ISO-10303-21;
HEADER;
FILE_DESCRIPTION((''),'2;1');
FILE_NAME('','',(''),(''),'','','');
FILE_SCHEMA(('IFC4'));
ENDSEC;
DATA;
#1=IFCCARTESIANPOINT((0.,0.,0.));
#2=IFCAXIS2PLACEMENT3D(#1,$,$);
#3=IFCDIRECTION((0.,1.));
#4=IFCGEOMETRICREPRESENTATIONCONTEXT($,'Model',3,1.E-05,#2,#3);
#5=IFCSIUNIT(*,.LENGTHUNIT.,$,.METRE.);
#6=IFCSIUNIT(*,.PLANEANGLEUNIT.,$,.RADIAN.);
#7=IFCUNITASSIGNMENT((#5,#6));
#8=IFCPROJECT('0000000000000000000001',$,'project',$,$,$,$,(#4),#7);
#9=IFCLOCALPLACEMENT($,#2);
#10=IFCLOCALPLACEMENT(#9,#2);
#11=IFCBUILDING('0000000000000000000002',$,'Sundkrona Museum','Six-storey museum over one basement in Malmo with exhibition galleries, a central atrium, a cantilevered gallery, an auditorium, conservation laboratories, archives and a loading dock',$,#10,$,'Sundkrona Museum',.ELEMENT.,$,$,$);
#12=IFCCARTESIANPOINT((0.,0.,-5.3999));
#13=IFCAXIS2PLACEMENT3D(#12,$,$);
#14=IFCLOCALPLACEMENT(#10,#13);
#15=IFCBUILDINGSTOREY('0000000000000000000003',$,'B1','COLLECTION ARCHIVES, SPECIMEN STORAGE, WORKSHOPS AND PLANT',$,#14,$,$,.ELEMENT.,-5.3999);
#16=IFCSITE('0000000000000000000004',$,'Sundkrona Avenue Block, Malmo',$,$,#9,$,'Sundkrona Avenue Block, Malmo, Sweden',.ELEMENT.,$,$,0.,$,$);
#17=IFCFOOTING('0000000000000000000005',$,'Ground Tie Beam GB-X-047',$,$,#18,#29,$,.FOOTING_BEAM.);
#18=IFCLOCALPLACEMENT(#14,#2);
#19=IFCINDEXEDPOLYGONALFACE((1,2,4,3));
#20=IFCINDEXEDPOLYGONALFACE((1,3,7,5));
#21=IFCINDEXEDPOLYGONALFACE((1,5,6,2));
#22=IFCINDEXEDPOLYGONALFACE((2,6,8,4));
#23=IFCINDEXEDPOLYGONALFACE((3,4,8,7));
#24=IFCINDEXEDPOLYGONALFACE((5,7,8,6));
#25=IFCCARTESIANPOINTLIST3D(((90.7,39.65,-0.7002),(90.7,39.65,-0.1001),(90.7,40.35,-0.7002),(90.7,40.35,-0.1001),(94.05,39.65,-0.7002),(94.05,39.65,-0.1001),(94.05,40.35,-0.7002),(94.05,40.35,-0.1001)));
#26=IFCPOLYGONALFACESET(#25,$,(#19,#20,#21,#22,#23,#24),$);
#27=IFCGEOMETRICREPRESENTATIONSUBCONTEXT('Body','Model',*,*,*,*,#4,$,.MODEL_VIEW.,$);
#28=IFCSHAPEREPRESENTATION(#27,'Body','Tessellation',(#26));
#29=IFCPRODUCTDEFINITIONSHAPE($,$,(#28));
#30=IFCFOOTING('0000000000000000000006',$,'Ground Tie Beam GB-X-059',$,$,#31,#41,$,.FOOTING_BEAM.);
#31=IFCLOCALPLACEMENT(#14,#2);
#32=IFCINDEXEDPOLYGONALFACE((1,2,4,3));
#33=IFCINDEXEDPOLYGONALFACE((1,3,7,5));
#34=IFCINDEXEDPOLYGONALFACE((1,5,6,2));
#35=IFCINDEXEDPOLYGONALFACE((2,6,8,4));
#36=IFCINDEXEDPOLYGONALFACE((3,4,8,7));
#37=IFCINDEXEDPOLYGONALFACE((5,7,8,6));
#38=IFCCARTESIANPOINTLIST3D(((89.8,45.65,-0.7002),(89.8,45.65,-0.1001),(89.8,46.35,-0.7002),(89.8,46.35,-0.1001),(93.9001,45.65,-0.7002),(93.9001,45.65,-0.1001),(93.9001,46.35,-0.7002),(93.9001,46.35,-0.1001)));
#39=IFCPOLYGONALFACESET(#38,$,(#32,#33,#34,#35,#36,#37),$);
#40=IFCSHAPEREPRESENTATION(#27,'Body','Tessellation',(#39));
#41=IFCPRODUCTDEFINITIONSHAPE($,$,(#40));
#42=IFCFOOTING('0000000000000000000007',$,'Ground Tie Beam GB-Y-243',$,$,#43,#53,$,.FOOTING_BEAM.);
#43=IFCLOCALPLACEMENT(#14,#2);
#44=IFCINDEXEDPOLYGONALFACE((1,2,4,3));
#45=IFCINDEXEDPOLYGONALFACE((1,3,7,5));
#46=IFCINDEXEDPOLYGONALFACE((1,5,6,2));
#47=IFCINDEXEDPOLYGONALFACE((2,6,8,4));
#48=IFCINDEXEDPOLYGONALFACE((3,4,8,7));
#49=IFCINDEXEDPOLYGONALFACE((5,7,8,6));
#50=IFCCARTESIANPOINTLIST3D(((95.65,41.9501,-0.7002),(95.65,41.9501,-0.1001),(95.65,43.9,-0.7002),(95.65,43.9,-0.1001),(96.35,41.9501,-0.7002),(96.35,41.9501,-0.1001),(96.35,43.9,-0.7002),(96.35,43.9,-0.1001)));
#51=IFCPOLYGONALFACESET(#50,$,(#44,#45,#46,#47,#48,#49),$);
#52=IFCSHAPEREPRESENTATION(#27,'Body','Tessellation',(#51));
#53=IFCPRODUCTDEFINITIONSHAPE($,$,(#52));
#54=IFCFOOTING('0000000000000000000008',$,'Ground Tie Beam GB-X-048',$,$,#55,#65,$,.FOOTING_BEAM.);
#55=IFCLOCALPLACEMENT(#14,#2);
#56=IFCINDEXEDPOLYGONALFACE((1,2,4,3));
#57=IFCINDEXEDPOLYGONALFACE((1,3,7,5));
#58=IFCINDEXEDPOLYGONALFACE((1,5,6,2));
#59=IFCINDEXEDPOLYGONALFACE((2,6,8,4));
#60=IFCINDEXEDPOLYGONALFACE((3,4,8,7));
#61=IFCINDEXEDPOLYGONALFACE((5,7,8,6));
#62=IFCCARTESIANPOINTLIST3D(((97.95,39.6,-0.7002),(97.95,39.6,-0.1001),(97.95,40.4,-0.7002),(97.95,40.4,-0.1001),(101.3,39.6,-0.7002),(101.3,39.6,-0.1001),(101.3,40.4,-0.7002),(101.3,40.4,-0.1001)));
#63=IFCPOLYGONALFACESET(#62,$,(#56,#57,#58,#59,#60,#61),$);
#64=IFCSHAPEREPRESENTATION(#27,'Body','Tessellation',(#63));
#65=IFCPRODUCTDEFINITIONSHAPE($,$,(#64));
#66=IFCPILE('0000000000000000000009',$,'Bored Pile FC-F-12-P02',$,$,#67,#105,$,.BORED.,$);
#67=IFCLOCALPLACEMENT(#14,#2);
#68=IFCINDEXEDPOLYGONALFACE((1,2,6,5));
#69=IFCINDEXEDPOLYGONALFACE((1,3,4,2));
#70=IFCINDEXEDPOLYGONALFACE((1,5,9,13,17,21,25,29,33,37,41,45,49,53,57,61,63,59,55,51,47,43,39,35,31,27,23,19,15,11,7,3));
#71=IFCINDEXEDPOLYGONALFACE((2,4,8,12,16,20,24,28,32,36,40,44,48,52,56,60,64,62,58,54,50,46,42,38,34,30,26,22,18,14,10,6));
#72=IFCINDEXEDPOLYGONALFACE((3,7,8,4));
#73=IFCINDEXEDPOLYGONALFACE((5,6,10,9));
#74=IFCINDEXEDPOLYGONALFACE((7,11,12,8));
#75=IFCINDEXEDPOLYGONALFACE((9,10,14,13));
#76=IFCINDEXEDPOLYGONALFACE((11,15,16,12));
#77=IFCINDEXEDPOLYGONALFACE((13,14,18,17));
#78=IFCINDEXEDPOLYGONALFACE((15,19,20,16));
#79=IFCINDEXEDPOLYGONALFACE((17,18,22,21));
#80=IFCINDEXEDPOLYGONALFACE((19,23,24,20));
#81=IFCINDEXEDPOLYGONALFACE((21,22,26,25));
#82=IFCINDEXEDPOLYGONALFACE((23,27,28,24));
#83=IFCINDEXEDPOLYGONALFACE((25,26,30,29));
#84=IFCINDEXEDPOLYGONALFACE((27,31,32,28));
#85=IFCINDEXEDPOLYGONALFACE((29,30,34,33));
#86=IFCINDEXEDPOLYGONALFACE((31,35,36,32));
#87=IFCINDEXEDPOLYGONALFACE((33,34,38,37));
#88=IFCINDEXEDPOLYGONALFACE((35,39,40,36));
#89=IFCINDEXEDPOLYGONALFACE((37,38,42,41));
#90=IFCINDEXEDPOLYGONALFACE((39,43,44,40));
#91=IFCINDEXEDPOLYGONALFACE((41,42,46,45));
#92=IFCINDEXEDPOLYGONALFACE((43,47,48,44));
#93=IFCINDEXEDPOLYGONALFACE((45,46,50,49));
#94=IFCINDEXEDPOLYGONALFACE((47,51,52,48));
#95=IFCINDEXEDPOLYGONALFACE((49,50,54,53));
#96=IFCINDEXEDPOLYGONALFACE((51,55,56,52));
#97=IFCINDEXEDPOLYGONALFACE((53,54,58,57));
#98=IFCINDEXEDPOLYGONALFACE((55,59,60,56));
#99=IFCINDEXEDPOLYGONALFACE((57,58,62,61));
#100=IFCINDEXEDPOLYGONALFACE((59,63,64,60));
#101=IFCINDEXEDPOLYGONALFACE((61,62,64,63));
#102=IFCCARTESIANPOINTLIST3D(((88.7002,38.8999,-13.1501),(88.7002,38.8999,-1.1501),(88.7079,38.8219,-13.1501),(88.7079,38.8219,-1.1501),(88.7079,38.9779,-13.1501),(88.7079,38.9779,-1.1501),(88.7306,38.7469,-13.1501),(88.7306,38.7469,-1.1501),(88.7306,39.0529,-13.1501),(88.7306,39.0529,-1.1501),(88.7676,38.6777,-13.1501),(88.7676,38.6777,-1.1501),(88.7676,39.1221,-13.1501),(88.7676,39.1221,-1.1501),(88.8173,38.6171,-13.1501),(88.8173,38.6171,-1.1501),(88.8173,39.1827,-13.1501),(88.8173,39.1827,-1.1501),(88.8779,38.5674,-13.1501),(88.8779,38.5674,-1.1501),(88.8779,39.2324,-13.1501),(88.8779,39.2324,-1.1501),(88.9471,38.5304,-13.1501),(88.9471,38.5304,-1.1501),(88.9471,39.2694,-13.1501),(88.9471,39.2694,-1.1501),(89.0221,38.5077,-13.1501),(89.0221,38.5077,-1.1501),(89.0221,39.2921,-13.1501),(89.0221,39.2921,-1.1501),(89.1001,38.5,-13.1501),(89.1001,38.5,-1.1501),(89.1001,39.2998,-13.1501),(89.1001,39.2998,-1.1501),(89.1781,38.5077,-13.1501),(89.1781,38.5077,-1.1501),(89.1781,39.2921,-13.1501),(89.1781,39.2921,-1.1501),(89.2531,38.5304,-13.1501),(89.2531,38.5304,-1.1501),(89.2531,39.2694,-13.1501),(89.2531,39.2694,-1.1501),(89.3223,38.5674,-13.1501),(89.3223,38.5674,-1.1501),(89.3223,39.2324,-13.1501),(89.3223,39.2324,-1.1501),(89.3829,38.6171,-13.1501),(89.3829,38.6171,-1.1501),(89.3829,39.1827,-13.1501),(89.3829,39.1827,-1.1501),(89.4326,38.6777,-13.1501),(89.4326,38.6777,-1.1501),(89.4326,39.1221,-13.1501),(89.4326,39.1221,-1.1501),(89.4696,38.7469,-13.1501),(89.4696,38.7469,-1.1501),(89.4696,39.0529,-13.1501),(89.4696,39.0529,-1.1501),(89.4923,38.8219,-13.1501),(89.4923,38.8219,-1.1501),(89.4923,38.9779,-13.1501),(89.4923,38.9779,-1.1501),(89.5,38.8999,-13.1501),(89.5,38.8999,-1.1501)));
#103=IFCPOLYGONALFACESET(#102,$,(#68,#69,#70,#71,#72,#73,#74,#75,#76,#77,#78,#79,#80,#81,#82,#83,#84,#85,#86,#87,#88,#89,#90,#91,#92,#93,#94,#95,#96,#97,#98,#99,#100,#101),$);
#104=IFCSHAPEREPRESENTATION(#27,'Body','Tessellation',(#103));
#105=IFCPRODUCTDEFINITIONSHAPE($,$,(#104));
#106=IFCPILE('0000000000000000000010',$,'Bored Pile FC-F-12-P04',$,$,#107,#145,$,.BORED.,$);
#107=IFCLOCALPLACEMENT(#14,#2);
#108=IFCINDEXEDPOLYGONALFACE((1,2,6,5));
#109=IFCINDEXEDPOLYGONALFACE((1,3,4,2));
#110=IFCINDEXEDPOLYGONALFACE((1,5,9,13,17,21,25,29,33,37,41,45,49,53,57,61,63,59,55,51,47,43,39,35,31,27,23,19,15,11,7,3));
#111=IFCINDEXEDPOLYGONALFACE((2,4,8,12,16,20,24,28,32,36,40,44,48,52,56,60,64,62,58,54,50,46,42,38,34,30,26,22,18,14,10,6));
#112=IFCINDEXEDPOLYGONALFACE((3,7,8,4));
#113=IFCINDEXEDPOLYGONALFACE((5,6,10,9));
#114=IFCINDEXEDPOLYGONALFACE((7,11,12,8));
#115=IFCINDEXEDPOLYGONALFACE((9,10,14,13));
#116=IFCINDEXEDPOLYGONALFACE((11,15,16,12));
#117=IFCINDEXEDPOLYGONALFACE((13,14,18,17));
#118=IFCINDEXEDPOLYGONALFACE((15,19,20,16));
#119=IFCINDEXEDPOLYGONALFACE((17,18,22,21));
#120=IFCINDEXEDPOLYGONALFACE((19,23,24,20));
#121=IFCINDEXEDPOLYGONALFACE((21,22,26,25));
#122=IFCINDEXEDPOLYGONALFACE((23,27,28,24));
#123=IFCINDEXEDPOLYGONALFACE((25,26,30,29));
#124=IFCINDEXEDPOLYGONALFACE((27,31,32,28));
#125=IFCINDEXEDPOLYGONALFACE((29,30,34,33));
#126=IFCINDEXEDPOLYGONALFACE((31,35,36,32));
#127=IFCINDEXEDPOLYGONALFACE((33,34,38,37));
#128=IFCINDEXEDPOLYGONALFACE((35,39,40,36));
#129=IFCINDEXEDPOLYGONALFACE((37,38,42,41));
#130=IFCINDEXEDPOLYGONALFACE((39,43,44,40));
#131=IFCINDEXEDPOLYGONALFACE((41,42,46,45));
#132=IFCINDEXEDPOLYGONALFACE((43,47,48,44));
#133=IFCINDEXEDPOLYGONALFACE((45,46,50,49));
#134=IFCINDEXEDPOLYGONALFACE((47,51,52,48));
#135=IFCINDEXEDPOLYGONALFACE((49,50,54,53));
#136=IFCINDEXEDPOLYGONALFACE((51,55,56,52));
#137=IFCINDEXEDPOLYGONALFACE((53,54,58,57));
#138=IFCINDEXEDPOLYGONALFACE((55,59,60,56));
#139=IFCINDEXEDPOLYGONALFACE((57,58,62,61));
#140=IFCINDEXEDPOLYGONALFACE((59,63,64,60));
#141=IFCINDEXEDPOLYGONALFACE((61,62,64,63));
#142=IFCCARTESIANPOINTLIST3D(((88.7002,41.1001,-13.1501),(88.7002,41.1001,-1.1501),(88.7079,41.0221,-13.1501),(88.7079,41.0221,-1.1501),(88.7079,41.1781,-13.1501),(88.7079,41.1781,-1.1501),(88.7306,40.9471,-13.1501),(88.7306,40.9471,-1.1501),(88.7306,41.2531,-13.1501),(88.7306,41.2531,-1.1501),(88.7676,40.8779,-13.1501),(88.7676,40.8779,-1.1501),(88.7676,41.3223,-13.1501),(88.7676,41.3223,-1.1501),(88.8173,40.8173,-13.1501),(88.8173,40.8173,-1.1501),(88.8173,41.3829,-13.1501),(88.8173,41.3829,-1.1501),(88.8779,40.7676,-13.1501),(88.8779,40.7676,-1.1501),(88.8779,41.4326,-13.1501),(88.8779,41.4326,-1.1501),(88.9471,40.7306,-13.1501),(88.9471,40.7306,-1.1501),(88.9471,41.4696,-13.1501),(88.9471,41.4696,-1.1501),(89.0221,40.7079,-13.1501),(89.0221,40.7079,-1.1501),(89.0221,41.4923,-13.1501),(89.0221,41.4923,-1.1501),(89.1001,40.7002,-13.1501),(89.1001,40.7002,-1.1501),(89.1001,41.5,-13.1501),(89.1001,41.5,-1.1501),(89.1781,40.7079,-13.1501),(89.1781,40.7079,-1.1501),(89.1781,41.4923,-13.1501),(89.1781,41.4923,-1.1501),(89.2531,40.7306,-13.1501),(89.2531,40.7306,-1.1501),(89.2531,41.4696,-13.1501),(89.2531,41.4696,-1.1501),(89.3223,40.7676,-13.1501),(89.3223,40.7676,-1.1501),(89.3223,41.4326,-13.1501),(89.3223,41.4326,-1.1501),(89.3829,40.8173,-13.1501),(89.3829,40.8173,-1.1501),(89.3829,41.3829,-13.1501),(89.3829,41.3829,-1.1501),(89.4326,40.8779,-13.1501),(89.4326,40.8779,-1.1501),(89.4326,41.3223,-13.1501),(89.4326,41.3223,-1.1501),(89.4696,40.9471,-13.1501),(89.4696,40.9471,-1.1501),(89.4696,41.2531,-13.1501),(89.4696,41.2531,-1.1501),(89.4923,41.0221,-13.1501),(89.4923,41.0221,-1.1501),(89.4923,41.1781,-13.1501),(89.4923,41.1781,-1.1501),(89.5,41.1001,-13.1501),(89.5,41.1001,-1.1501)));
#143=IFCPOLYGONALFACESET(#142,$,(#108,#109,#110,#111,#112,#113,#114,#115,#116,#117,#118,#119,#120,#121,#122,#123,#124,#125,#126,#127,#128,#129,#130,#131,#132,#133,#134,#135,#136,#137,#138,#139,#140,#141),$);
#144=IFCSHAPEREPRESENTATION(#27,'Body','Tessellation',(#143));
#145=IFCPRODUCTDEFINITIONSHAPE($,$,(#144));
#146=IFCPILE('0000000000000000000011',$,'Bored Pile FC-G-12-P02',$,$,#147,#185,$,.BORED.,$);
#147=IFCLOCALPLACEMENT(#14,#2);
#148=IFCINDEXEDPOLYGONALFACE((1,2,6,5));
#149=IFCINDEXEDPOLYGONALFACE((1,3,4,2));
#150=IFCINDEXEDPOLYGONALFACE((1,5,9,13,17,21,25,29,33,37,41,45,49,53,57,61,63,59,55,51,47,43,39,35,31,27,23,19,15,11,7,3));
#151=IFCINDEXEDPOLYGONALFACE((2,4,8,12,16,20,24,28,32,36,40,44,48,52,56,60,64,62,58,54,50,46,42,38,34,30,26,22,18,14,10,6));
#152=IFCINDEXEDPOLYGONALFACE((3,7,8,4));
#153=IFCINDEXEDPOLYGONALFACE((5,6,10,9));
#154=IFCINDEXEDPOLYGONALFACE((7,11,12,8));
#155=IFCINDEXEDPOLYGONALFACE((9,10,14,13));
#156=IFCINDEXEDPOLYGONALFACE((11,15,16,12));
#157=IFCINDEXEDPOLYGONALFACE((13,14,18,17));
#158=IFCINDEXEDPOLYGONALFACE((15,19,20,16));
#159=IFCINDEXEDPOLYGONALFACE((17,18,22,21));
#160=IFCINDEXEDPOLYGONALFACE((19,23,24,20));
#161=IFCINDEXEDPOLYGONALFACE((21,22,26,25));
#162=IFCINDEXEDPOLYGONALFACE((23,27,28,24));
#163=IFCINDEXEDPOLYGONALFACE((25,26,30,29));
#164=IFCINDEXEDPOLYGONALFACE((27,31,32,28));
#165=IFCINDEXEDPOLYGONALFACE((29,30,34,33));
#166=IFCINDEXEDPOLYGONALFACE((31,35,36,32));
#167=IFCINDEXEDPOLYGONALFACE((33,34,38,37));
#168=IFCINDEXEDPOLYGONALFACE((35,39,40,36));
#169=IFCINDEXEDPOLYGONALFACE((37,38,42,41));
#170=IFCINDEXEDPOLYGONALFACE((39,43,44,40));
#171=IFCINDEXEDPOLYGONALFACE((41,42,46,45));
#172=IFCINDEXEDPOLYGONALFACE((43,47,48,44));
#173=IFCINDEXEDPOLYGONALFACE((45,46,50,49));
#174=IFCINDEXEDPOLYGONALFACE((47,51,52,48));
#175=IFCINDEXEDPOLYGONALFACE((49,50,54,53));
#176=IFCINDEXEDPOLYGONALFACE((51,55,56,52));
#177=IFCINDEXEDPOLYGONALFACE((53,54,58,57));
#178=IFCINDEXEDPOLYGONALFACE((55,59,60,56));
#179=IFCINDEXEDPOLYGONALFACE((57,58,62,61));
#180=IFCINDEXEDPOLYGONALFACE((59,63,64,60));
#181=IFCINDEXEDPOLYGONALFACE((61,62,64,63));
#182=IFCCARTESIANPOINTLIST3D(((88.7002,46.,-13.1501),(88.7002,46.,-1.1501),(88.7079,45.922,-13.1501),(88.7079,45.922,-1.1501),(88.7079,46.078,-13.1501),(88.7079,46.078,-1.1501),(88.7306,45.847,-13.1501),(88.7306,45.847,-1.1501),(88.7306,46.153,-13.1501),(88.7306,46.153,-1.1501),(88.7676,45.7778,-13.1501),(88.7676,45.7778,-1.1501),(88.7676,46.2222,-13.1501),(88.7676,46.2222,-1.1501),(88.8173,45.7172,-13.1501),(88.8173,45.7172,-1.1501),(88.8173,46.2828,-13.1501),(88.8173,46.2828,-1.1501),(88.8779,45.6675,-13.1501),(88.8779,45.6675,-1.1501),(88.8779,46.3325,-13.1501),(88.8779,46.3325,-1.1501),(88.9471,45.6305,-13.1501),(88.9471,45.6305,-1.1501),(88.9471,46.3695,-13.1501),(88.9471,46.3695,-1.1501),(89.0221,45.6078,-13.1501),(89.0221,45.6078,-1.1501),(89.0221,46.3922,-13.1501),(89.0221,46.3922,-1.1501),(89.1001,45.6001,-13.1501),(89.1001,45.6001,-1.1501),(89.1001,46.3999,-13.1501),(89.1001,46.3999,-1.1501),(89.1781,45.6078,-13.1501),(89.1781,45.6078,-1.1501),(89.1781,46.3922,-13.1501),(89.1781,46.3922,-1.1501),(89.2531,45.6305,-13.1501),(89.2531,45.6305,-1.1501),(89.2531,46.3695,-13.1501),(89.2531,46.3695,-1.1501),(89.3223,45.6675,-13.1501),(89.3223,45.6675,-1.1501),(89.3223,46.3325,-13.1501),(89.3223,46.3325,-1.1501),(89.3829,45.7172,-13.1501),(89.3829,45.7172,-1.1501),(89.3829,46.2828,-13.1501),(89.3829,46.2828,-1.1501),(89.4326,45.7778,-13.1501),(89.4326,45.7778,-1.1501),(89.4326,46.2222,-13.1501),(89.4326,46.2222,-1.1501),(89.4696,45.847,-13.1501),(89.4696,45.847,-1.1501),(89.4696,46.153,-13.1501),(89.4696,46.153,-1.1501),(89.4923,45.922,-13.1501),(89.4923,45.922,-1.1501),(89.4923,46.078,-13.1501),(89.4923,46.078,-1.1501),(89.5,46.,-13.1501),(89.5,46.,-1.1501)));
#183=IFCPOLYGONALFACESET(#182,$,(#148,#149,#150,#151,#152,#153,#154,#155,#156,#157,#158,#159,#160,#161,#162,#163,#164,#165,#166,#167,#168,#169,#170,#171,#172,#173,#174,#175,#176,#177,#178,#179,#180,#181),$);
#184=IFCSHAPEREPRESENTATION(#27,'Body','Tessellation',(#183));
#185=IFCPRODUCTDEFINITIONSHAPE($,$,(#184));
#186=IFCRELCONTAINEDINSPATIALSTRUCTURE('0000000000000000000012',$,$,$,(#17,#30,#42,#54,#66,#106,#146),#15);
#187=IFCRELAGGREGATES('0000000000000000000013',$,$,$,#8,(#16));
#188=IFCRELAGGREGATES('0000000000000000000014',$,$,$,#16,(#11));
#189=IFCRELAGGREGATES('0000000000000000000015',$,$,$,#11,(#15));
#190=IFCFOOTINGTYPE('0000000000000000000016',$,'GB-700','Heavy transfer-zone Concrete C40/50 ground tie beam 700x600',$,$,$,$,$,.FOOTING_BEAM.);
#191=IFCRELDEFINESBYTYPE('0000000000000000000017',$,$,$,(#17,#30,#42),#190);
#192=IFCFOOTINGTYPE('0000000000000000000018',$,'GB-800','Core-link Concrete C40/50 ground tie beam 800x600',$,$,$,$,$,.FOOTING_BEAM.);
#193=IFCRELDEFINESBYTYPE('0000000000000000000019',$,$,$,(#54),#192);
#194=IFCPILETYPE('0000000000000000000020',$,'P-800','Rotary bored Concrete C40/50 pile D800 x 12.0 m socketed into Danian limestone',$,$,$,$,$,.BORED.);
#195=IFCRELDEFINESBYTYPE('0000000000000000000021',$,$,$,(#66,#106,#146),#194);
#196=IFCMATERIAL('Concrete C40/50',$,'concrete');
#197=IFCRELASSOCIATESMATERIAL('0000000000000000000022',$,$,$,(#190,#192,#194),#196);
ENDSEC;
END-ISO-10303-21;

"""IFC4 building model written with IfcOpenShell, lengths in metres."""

from ifc_helpers import new_model, si_unit, direction, frame, origin, origin_2d, place, context, subcontext, project, spatial, rectangle, circle, extrude, material, material_profile, profile_set, type_object, element, save


model = new_model("IFC4")

# Units and contexts
model_context = context("Model", 3, precision=1e-05, world=origin(), true_north=direction((0.0, 1.0)))
body_context = subcontext(model_context, "Body", "Model", "MODEL_VIEW")
ifc_project = project(units=[si_unit("LENGTHUNIT", "METRE"), si_unit("PLANEANGLEUNIT", "RADIAN")], contexts=[model_context])

# Site, building, storey
site_placement = place(None, origin())
site = spatial("IfcSite", under=ifc_project, at=site_placement, Name="Sundkrona Avenue Block, Malmo", LongName="Sundkrona Avenue Block, Malmo, Sweden", CompositionType="ELEMENT", RefElevation=0.0)
building_placement = place(site_placement, origin())
building = spatial("IfcBuilding", under=site, at=building_placement, Name="Sundkrona Museum", Description="Six-storey museum over one basement in Malmo with exhibition galleries, a central atrium, a cantilevered gallery, an auditorium, conservation laboratories, archives and a loading dock", LongName="Sundkrona Museum", CompositionType="ELEMENT")
storey_placement = place(building_placement, frame((0.0, 0.0, -5.3999)))
storey = spatial("IfcBuildingStorey", under=building, at=storey_placement, Name="B1", Description="COLLECTION ARCHIVES, SPECIMEN STORAGE, WORKSHOPS AND PLANT", CompositionType="ELEMENT", Elevation=-5.3999)

# Footings
ifc_material_1 = material(Name="Concrete C40/50", Category="concrete")
footing_type_1 = type_object("IfcFootingType", Name="GB-700", Description="Heavy transfer-zone Concrete C40/50 ground tie beam 700x600", PredefinedType="FOOTING_BEAM", material=ifc_material_1)
footing_1_placement = place(storey_placement, frame((92.375, 40.0, -0.7002), z_axis=(0.0, 0.0, 1.0), x_axis=(1.0, 0.0, 0.0)))
element("IfcFooting", 1, at=footing_1_placement, inside=storey, type_object=footing_type_1, Name="Ground Tie Beam GB-X-047", PredefinedType="FOOTING_BEAM", context=body_context, shape_type="SweptSolid", body=[
    extrude(rectangle(XDim=3.3501, YDim=0.7, at=origin_2d()), origin(), (0.0, 0.0, 1.0), 0.6001),
])
footing_2_placement = place(storey_placement, frame((91.8501, 46.0, -0.7002), z_axis=(0.0, 0.0, 1.0), x_axis=(1.0, 0.0, 0.0)))
element("IfcFooting", 2, at=footing_2_placement, inside=storey, type_object=footing_type_1, Name="Ground Tie Beam GB-X-059", PredefinedType="FOOTING_BEAM", context=body_context, shape_type="SweptSolid", body=[
    extrude(rectangle(XDim=4.1001, YDim=0.7, at=origin_2d()), origin(), (0.0, 0.0, 1.0), 0.6001),
])
footing_3_placement = place(storey_placement, frame((96.0, 42.925, -0.7002), z_axis=(0.0, 0.0, 1.0), x_axis=(0.0, 1.0, 0.0)))
element("IfcFooting", 3, at=footing_3_placement, inside=storey, type_object=footing_type_1, Name="Ground Tie Beam GB-Y-243", PredefinedType="FOOTING_BEAM", context=body_context, shape_type="SweptSolid", body=[
    extrude(rectangle(XDim=1.95, YDim=0.7, at=origin_2d()), origin(), (0.0, 0.0, 1.0), 0.6001),
])
footing_type_2 = type_object("IfcFootingType", Name="GB-800", Description="Core-link Concrete C40/50 ground tie beam 800x600", PredefinedType="FOOTING_BEAM", material=ifc_material_1)
footing_4_placement = place(storey_placement, frame((99.625, 40.0, -0.7002), z_axis=(0.0, 0.0, 1.0), x_axis=(1.0, 0.0, 0.0)))
element("IfcFooting", 4, at=footing_4_placement, inside=storey, type_object=footing_type_2, Name="Ground Tie Beam GB-X-048", PredefinedType="FOOTING_BEAM", context=body_context, shape_type="SweptSolid", body=[
    extrude(rectangle(XDim=3.3501, YDim=0.8, at=origin_2d()), origin(), (0.0, 0.0, 1.0), 0.6001),
])

# Piles
ifc_material_profile_1 = material_profile(ifc_material_1, circle(Radius=0.3999, at=origin_2d()), Name="PILE D800")
ifc_profile_set_1 = profile_set([ifc_material_profile_1], Name="Concrete C40/50")
pile_type = type_object("IfcPileType", Name="P-800", Description="Rotary bored Concrete C40/50 pile D800 x 12.0 m socketed into Danian limestone", PredefinedType="BORED", material=ifc_profile_set_1)
for number, where, z_axis, x_axis, name in (
    (5, (89.1001, 38.8999, -1.1501), (0.0, 0.0, -1.0), (1.0, 0.0, 0.0), "Bored Pile FC-F-12-P02"),
    (6, (89.1001, 41.1001, -1.1501), (0.0, 0.0, -1.0), (1.0, 0.0, 0.0), "Bored Pile FC-F-12-P04"),
    (7, (89.1001, 46.0, -1.1501), (0.0, 0.0, -1.0), (1.0, 0.0, 0.0), "Bored Pile FC-G-12-P02"),
):
    element("IfcPile", number, at=place(storey_placement, frame(where, z_axis=z_axis, x_axis=x_axis)), inside=storey, type_object=pile_type, Name=name, PredefinedType="BORED", context=body_context, shape_type="SweptSolid", body=[
        extrude(circle(Radius=0.3999, at=origin_2d()), origin(), (0.0, 0.0, 1.0), 12.0),
    ])

save(model, "model.ifc")
